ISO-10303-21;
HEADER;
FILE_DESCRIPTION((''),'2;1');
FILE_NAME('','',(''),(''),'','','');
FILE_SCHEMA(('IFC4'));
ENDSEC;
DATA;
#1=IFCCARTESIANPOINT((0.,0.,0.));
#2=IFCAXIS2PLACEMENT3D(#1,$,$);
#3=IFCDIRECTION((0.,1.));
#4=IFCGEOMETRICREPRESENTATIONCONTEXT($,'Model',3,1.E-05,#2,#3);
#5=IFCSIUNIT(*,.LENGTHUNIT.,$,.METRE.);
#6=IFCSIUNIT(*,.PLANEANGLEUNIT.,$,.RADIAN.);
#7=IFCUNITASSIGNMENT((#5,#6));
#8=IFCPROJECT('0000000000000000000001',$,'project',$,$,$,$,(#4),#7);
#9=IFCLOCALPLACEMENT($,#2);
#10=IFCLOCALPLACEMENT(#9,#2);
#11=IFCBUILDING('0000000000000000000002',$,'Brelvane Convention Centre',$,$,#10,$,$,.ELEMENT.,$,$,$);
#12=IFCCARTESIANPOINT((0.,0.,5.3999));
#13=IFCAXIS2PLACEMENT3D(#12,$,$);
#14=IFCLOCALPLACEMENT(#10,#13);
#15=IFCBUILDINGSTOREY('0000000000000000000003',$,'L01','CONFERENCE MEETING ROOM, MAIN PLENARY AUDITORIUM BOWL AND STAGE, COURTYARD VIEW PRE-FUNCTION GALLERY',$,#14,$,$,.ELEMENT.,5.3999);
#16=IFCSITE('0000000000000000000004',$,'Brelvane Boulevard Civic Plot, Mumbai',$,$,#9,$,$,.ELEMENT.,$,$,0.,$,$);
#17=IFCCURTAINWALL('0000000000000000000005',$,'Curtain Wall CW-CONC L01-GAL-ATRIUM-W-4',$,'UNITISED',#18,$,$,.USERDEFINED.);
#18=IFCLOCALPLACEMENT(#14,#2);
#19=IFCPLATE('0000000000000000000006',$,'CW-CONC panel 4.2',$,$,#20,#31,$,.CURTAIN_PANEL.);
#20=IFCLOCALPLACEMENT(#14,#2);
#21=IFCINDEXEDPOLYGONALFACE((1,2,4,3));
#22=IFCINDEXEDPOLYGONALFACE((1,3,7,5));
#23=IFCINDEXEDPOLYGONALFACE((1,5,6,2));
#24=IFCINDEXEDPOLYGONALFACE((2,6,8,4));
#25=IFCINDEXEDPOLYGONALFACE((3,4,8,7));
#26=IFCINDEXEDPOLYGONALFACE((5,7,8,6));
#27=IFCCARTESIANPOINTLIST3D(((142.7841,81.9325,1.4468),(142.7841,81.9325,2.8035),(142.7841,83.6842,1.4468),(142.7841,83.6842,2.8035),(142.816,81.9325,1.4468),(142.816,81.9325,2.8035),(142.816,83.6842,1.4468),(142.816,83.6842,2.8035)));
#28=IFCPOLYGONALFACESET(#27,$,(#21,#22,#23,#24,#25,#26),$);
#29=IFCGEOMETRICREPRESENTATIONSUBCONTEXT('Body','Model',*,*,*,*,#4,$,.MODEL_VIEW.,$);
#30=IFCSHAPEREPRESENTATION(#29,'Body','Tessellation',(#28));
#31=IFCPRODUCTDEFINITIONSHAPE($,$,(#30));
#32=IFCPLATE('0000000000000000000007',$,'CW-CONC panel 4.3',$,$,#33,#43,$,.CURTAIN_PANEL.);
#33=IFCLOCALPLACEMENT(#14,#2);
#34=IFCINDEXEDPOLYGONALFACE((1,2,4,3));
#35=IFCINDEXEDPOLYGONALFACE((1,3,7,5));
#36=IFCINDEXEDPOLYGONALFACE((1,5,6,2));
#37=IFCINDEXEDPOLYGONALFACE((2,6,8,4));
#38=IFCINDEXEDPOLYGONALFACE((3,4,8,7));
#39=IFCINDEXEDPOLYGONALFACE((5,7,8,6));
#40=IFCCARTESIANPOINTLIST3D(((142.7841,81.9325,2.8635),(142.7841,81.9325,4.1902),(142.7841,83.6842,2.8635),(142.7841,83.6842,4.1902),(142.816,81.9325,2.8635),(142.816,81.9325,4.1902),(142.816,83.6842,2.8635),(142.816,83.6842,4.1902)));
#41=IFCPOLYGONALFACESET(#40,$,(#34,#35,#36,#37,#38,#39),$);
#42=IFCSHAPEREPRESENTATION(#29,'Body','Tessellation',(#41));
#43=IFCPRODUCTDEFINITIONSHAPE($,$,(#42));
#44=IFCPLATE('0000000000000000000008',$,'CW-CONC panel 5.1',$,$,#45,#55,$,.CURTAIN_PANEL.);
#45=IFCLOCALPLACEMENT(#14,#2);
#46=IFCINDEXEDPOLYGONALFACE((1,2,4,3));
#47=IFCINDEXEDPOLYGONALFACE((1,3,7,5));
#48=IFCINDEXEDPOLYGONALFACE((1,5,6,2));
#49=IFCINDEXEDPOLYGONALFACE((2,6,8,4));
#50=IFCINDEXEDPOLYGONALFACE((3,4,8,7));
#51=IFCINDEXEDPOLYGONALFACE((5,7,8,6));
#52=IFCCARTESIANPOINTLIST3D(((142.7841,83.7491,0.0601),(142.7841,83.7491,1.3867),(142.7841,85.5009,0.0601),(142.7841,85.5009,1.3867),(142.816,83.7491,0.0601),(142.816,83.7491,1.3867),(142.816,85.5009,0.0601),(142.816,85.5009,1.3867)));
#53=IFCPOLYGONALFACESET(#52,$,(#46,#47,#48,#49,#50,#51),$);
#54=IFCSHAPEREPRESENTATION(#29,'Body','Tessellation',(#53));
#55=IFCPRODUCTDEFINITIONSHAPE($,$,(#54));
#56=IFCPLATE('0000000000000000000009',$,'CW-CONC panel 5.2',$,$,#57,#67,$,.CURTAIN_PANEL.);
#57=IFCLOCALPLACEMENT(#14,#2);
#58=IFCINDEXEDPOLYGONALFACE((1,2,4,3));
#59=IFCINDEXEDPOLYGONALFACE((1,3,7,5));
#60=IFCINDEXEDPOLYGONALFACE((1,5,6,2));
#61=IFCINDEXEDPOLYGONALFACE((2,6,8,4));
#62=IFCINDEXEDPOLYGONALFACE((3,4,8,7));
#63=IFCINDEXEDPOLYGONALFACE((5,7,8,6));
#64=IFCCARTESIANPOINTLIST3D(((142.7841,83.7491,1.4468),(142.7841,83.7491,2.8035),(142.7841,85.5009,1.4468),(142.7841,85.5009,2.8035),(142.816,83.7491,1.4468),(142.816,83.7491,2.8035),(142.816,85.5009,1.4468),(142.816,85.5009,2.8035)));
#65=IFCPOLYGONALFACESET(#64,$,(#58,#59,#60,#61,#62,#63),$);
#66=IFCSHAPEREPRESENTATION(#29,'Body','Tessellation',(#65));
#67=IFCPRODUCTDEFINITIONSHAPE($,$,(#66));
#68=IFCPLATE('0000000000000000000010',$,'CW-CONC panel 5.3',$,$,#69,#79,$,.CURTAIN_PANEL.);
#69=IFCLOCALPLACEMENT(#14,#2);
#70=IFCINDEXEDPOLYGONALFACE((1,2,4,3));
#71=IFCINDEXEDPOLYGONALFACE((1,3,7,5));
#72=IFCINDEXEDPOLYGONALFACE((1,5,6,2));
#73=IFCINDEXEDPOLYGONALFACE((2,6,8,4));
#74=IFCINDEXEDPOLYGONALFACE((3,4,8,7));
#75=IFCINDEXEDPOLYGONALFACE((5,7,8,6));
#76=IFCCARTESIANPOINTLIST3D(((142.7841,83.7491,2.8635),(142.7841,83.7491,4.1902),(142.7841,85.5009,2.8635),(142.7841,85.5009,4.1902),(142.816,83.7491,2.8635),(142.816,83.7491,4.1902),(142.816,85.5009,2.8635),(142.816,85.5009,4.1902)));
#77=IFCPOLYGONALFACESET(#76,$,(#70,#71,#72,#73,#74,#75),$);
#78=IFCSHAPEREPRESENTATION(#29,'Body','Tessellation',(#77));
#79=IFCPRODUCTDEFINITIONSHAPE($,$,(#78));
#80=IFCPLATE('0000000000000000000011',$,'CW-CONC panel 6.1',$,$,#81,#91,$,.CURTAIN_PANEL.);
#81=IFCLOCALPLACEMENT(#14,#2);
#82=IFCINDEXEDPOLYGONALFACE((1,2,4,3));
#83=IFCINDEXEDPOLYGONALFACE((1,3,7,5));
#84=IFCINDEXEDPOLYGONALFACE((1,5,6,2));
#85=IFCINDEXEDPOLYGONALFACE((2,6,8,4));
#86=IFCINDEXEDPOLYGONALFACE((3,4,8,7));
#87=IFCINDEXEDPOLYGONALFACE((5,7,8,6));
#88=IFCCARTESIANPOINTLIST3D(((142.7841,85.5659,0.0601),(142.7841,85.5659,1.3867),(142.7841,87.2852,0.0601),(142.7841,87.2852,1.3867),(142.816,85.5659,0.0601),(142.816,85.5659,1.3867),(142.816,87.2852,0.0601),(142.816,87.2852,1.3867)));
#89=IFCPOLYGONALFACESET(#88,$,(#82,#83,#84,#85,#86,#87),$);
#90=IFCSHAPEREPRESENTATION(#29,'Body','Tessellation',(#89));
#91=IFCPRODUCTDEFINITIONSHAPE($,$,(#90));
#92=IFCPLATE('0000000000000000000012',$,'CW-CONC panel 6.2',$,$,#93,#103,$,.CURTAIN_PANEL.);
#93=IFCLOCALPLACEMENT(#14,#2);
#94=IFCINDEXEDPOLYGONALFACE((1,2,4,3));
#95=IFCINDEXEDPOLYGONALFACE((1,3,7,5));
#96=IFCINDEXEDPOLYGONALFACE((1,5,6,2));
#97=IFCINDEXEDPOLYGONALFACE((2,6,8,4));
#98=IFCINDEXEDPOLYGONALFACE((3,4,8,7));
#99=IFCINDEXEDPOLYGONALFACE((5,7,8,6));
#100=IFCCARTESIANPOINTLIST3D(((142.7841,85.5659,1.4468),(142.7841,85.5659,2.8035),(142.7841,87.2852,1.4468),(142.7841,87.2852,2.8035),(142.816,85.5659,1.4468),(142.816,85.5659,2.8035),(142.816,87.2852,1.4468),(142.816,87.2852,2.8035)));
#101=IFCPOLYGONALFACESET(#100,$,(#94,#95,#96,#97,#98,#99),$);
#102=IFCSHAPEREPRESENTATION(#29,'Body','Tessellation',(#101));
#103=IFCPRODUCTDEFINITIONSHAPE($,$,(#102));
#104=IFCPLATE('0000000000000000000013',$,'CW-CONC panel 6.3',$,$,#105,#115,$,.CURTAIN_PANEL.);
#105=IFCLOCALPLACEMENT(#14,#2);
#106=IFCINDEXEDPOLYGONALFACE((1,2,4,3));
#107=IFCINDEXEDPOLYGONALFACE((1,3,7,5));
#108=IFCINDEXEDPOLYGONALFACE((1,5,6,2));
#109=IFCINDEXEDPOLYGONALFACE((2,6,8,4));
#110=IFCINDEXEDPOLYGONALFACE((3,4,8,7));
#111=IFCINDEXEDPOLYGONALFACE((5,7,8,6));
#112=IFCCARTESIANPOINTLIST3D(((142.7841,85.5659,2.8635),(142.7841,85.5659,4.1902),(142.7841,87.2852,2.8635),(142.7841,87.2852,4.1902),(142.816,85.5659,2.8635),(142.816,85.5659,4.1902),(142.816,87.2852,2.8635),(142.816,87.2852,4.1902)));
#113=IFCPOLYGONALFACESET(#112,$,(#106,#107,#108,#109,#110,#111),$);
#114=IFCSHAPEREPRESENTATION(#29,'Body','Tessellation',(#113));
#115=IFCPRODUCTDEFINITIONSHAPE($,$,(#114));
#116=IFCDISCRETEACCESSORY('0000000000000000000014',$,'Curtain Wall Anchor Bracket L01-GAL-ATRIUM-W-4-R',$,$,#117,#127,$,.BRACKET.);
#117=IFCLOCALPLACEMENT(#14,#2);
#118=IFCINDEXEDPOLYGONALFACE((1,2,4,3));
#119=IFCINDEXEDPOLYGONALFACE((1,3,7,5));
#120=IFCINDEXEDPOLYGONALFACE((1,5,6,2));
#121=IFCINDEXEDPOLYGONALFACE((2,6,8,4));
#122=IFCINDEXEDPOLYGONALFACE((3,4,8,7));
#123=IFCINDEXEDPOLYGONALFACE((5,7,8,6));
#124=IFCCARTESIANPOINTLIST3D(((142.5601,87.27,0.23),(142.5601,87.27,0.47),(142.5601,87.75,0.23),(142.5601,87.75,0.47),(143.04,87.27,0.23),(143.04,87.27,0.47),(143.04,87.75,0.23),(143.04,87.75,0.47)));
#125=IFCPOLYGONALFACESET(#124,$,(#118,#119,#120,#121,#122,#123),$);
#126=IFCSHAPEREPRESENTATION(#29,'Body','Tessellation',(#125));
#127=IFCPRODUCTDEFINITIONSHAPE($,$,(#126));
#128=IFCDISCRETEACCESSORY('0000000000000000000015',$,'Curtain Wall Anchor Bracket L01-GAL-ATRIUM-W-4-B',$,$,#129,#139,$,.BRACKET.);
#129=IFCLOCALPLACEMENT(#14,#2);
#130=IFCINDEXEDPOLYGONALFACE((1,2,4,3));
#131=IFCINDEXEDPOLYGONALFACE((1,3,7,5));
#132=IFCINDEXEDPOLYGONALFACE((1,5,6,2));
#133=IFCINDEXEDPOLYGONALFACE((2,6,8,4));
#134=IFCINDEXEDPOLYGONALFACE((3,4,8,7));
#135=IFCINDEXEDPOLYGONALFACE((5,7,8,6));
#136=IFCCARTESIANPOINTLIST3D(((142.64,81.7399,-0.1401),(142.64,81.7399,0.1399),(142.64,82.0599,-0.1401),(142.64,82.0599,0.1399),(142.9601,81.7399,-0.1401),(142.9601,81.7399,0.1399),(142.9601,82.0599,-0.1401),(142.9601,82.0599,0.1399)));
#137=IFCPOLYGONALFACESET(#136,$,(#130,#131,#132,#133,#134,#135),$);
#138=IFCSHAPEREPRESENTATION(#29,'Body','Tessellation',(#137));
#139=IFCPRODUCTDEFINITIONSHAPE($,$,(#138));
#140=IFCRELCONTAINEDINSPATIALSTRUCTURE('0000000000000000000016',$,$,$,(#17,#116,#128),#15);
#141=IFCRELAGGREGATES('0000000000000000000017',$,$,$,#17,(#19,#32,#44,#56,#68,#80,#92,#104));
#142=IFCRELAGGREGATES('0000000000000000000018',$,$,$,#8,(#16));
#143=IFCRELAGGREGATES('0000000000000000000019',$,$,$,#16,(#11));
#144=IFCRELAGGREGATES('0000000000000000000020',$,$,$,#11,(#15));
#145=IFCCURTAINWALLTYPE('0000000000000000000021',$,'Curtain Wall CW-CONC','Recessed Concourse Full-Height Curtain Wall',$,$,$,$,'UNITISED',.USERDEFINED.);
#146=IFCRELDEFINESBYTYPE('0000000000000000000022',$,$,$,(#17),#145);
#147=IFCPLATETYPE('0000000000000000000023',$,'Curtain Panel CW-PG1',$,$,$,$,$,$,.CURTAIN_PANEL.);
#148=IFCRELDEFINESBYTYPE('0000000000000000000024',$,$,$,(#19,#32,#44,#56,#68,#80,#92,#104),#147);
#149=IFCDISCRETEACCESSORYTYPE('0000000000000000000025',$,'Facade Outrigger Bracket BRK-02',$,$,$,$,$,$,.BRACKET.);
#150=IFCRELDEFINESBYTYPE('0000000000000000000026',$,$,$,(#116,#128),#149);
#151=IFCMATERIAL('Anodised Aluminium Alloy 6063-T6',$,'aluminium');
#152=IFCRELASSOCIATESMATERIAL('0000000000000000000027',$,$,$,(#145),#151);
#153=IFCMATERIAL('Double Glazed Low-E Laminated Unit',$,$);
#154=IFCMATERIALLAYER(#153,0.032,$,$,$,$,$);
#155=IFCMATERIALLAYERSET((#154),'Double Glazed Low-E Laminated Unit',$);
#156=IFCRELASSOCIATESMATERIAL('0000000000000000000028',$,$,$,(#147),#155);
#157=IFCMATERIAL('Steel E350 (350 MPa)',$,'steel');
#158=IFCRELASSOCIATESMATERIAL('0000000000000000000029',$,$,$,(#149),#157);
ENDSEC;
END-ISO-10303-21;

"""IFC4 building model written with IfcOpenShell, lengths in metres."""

from ifc_helpers import new_model, si_unit, direction, frame, origin, origin_2d, place, context, subcontext, project, spatial, rectangle, extrude, material, layer, layer_set, type_object, element, aggregate, save


model = new_model("IFC4")

# Units and contexts
model_context = context("Model", 3, precision=1e-05, world=origin(), true_north=direction((0.0, 1.0)))
body_context = subcontext(model_context, "Body", "Model", "MODEL_VIEW")
ifc_project = project(units=[si_unit("LENGTHUNIT", "METRE"), si_unit("PLANEANGLEUNIT", "RADIAN")], contexts=[model_context])

# Site, building, storey
site_placement = place(None, origin())
site = spatial("IfcSite", under=ifc_project, at=site_placement, Name="Brelvane Boulevard Civic Plot, Mumbai", CompositionType="ELEMENT", RefElevation=0.0)
building_placement = place(site_placement, origin())
building = spatial("IfcBuilding", under=site, at=building_placement, Name="Brelvane Convention Centre", CompositionType="ELEMENT")
storey_placement = place(building_placement, frame((0.0, 0.0, 5.3999)))
storey = spatial("IfcBuildingStorey", under=building, at=storey_placement, Name="L01", Description="CONFERENCE MEETING ROOM, MAIN PLENARY AUDITORIUM BOWL AND STAGE, COURTYARD VIEW PRE-FUNCTION GALLERY", CompositionType="ELEMENT", Elevation=5.3999)

# Curtain wall, plates
ifc_material_1 = material(Name="Anodised Aluminium Alloy 6063-T6", Category="aluminium")
curtain_wall_type = type_object("IfcCurtainWallType", Name="Curtain Wall CW-CONC", Description="Recessed Concourse Full-Height Curtain Wall", ElementType="UNITISED", PredefinedType="USERDEFINED", material=ifc_material_1)
curtain_wall_placement = place(storey_placement, origin())
curtain_wall = element("IfcCurtainWall", 1, at=curtain_wall_placement, inside=storey, type_object=curtain_wall_type, Name="Curtain Wall CW-CONC L01-GAL-ATRIUM-W-4", ObjectType="UNITISED", PredefinedType="USERDEFINED")
ifc_material_2 = material(Name="Double Glazed Low-E Laminated Unit")
ifc_layer = layer(ifc_material_2, 0.032)
ifc_layer_set = layer_set([ifc_layer], Name="Double Glazed Low-E Laminated Unit")
plate_type = type_object("IfcPlateType", Name="Curtain Panel CW-PG1", PredefinedType="CURTAIN_PANEL", material=ifc_layer_set)
plate_1_placement = place(storey_placement, frame((142.8, 82.8083, 1.4468), z_axis=(0.0, 0.0, 1.0), x_axis=(0.0, 1.0, 0.0)))
plate_1 = element("IfcPlate", 2, at=plate_1_placement, type_object=plate_type, Name="CW-CONC panel 4.2", PredefinedType="CURTAIN_PANEL", context=body_context, shape_type="SweptSolid", body=[
    extrude(rectangle(XDim=1.7517, YDim=0.032, at=origin_2d()), origin(), (0.0, 0.0, 1.0), 1.3567),
])
plate_2_placement = place(storey_placement, frame((142.8, 82.8083, 2.8635), z_axis=(0.0, 0.0, 1.0), x_axis=(0.0, 1.0, 0.0)))
plate_2 = element("IfcPlate", 3, at=plate_2_placement, type_object=plate_type, Name="CW-CONC panel 4.3", PredefinedType="CURTAIN_PANEL", context=body_context, shape_type="SweptSolid", body=[
    extrude(rectangle(XDim=1.7517, YDim=0.032, at=origin_2d()), origin(), (0.0, 0.0, 1.0), 1.3267),
])
plate_3_placement = place(storey_placement, frame((142.8, 84.625, 0.0601), z_axis=(0.0, 0.0, 1.0), x_axis=(0.0, 1.0, 0.0)))
plate_3 = element("IfcPlate", 4, at=plate_3_placement, type_object=plate_type, Name="CW-CONC panel 5.1", PredefinedType="CURTAIN_PANEL", context=body_context, shape_type="SweptSolid", body=[
    extrude(rectangle(XDim=1.7517, YDim=0.032, at=origin_2d()), origin(), (0.0, 0.0, 1.0), 1.3267),
])
plate_4_placement = place(storey_placement, frame((142.8, 84.625, 1.4468), z_axis=(0.0, 0.0, 1.0), x_axis=(0.0, 1.0, 0.0)))
plate_4 = element("IfcPlate", 5, at=plate_4_placement, type_object=plate_type, Name="CW-CONC panel 5.2", PredefinedType="CURTAIN_PANEL", context=body_context, shape_type="SweptSolid", body=[
    extrude(rectangle(XDim=1.7517, YDim=0.032, at=origin_2d()), origin(), (0.0, 0.0, 1.0), 1.3567),
])
plate_5_placement = place(storey_placement, frame((142.8, 84.625, 2.8635), z_axis=(0.0, 0.0, 1.0), x_axis=(0.0, 1.0, 0.0)))
plate_5 = element("IfcPlate", 6, at=plate_5_placement, type_object=plate_type, Name="CW-CONC panel 5.3", PredefinedType="CURTAIN_PANEL", context=body_context, shape_type="SweptSolid", body=[
    extrude(rectangle(XDim=1.7517, YDim=0.032, at=origin_2d()), origin(), (0.0, 0.0, 1.0), 1.3267),
])
plate_6_placement = place(storey_placement, frame((142.8, 86.4255, 0.0601), z_axis=(0.0, 0.0, 1.0), x_axis=(0.0, 1.0, 0.0)))
plate_6 = element("IfcPlate", 7, at=plate_6_placement, type_object=plate_type, Name="CW-CONC panel 6.1", PredefinedType="CURTAIN_PANEL", context=body_context, shape_type="SweptSolid", body=[
    extrude(rectangle(XDim=1.7192, YDim=0.032, at=origin_2d()), origin(), (0.0, 0.0, 1.0), 1.3267),
])
plate_7_placement = place(storey_placement, frame((142.8, 86.4255, 1.4468), z_axis=(0.0, 0.0, 1.0), x_axis=(0.0, 1.0, 0.0)))
plate_7 = element("IfcPlate", 8, at=plate_7_placement, type_object=plate_type, Name="CW-CONC panel 6.2", PredefinedType="CURTAIN_PANEL", context=body_context, shape_type="SweptSolid", body=[
    extrude(rectangle(XDim=1.7192, YDim=0.032, at=origin_2d()), origin(), (0.0, 0.0, 1.0), 1.3567),
])
plate_8_placement = place(storey_placement, frame((142.8, 86.4255, 2.8635), z_axis=(0.0, 0.0, 1.0), x_axis=(0.0, 1.0, 0.0)))
plate_8 = element("IfcPlate", 9, at=plate_8_placement, type_object=plate_type, Name="CW-CONC panel 6.3", PredefinedType="CURTAIN_PANEL", context=body_context, shape_type="SweptSolid", body=[
    extrude(rectangle(XDim=1.7192, YDim=0.032, at=origin_2d()), origin(), (0.0, 0.0, 1.0), 1.3267),
])
aggregate(curtain_wall, [plate_1, plate_2, plate_3, plate_4, plate_5, plate_6, plate_7, plate_8])

# Discrete accessories
ifc_material_3 = material(Name="Steel E350 (350 MPa)", Category="steel")
discrete_accessory_type = type_object("IfcDiscreteAccessoryType", Name="Facade Outrigger Bracket BRK-02", PredefinedType="BRACKET", material=ifc_material_3)
discrete_accessory_1_placement = place(storey_placement, frame((142.8, 87.51, 0.23), z_axis=(0.0, 0.0, 1.0), x_axis=(1.0, 0.0, 0.0)))
element("IfcDiscreteAccessory", 10, at=discrete_accessory_1_placement, inside=storey, type_object=discrete_accessory_type, Name="Curtain Wall Anchor Bracket L01-GAL-ATRIUM-W-4-R", PredefinedType="BRACKET", context=body_context, shape_type="SweptSolid", body=[
    extrude(rectangle(XDim=0.48, YDim=0.48, at=origin_2d()), origin(), (0.0, 0.0, 1.0), 0.24),
])
discrete_accessory_2_placement = place(storey_placement, frame((142.8, 81.8999, -0.1401), z_axis=(0.0, 0.0, 1.0), x_axis=(1.0, 0.0, 0.0)))
element("IfcDiscreteAccessory", 11, at=discrete_accessory_2_placement, inside=storey, type_object=discrete_accessory_type, Name="Curtain Wall Anchor Bracket L01-GAL-ATRIUM-W-4-B", PredefinedType="BRACKET", context=body_context, shape_type="SweptSolid", body=[
    extrude(rectangle(XDim=0.3201, YDim=0.3201, at=origin_2d()), origin(), (0.0, 0.0, 1.0), 0.28),
])

save(model, "model.ifc")
